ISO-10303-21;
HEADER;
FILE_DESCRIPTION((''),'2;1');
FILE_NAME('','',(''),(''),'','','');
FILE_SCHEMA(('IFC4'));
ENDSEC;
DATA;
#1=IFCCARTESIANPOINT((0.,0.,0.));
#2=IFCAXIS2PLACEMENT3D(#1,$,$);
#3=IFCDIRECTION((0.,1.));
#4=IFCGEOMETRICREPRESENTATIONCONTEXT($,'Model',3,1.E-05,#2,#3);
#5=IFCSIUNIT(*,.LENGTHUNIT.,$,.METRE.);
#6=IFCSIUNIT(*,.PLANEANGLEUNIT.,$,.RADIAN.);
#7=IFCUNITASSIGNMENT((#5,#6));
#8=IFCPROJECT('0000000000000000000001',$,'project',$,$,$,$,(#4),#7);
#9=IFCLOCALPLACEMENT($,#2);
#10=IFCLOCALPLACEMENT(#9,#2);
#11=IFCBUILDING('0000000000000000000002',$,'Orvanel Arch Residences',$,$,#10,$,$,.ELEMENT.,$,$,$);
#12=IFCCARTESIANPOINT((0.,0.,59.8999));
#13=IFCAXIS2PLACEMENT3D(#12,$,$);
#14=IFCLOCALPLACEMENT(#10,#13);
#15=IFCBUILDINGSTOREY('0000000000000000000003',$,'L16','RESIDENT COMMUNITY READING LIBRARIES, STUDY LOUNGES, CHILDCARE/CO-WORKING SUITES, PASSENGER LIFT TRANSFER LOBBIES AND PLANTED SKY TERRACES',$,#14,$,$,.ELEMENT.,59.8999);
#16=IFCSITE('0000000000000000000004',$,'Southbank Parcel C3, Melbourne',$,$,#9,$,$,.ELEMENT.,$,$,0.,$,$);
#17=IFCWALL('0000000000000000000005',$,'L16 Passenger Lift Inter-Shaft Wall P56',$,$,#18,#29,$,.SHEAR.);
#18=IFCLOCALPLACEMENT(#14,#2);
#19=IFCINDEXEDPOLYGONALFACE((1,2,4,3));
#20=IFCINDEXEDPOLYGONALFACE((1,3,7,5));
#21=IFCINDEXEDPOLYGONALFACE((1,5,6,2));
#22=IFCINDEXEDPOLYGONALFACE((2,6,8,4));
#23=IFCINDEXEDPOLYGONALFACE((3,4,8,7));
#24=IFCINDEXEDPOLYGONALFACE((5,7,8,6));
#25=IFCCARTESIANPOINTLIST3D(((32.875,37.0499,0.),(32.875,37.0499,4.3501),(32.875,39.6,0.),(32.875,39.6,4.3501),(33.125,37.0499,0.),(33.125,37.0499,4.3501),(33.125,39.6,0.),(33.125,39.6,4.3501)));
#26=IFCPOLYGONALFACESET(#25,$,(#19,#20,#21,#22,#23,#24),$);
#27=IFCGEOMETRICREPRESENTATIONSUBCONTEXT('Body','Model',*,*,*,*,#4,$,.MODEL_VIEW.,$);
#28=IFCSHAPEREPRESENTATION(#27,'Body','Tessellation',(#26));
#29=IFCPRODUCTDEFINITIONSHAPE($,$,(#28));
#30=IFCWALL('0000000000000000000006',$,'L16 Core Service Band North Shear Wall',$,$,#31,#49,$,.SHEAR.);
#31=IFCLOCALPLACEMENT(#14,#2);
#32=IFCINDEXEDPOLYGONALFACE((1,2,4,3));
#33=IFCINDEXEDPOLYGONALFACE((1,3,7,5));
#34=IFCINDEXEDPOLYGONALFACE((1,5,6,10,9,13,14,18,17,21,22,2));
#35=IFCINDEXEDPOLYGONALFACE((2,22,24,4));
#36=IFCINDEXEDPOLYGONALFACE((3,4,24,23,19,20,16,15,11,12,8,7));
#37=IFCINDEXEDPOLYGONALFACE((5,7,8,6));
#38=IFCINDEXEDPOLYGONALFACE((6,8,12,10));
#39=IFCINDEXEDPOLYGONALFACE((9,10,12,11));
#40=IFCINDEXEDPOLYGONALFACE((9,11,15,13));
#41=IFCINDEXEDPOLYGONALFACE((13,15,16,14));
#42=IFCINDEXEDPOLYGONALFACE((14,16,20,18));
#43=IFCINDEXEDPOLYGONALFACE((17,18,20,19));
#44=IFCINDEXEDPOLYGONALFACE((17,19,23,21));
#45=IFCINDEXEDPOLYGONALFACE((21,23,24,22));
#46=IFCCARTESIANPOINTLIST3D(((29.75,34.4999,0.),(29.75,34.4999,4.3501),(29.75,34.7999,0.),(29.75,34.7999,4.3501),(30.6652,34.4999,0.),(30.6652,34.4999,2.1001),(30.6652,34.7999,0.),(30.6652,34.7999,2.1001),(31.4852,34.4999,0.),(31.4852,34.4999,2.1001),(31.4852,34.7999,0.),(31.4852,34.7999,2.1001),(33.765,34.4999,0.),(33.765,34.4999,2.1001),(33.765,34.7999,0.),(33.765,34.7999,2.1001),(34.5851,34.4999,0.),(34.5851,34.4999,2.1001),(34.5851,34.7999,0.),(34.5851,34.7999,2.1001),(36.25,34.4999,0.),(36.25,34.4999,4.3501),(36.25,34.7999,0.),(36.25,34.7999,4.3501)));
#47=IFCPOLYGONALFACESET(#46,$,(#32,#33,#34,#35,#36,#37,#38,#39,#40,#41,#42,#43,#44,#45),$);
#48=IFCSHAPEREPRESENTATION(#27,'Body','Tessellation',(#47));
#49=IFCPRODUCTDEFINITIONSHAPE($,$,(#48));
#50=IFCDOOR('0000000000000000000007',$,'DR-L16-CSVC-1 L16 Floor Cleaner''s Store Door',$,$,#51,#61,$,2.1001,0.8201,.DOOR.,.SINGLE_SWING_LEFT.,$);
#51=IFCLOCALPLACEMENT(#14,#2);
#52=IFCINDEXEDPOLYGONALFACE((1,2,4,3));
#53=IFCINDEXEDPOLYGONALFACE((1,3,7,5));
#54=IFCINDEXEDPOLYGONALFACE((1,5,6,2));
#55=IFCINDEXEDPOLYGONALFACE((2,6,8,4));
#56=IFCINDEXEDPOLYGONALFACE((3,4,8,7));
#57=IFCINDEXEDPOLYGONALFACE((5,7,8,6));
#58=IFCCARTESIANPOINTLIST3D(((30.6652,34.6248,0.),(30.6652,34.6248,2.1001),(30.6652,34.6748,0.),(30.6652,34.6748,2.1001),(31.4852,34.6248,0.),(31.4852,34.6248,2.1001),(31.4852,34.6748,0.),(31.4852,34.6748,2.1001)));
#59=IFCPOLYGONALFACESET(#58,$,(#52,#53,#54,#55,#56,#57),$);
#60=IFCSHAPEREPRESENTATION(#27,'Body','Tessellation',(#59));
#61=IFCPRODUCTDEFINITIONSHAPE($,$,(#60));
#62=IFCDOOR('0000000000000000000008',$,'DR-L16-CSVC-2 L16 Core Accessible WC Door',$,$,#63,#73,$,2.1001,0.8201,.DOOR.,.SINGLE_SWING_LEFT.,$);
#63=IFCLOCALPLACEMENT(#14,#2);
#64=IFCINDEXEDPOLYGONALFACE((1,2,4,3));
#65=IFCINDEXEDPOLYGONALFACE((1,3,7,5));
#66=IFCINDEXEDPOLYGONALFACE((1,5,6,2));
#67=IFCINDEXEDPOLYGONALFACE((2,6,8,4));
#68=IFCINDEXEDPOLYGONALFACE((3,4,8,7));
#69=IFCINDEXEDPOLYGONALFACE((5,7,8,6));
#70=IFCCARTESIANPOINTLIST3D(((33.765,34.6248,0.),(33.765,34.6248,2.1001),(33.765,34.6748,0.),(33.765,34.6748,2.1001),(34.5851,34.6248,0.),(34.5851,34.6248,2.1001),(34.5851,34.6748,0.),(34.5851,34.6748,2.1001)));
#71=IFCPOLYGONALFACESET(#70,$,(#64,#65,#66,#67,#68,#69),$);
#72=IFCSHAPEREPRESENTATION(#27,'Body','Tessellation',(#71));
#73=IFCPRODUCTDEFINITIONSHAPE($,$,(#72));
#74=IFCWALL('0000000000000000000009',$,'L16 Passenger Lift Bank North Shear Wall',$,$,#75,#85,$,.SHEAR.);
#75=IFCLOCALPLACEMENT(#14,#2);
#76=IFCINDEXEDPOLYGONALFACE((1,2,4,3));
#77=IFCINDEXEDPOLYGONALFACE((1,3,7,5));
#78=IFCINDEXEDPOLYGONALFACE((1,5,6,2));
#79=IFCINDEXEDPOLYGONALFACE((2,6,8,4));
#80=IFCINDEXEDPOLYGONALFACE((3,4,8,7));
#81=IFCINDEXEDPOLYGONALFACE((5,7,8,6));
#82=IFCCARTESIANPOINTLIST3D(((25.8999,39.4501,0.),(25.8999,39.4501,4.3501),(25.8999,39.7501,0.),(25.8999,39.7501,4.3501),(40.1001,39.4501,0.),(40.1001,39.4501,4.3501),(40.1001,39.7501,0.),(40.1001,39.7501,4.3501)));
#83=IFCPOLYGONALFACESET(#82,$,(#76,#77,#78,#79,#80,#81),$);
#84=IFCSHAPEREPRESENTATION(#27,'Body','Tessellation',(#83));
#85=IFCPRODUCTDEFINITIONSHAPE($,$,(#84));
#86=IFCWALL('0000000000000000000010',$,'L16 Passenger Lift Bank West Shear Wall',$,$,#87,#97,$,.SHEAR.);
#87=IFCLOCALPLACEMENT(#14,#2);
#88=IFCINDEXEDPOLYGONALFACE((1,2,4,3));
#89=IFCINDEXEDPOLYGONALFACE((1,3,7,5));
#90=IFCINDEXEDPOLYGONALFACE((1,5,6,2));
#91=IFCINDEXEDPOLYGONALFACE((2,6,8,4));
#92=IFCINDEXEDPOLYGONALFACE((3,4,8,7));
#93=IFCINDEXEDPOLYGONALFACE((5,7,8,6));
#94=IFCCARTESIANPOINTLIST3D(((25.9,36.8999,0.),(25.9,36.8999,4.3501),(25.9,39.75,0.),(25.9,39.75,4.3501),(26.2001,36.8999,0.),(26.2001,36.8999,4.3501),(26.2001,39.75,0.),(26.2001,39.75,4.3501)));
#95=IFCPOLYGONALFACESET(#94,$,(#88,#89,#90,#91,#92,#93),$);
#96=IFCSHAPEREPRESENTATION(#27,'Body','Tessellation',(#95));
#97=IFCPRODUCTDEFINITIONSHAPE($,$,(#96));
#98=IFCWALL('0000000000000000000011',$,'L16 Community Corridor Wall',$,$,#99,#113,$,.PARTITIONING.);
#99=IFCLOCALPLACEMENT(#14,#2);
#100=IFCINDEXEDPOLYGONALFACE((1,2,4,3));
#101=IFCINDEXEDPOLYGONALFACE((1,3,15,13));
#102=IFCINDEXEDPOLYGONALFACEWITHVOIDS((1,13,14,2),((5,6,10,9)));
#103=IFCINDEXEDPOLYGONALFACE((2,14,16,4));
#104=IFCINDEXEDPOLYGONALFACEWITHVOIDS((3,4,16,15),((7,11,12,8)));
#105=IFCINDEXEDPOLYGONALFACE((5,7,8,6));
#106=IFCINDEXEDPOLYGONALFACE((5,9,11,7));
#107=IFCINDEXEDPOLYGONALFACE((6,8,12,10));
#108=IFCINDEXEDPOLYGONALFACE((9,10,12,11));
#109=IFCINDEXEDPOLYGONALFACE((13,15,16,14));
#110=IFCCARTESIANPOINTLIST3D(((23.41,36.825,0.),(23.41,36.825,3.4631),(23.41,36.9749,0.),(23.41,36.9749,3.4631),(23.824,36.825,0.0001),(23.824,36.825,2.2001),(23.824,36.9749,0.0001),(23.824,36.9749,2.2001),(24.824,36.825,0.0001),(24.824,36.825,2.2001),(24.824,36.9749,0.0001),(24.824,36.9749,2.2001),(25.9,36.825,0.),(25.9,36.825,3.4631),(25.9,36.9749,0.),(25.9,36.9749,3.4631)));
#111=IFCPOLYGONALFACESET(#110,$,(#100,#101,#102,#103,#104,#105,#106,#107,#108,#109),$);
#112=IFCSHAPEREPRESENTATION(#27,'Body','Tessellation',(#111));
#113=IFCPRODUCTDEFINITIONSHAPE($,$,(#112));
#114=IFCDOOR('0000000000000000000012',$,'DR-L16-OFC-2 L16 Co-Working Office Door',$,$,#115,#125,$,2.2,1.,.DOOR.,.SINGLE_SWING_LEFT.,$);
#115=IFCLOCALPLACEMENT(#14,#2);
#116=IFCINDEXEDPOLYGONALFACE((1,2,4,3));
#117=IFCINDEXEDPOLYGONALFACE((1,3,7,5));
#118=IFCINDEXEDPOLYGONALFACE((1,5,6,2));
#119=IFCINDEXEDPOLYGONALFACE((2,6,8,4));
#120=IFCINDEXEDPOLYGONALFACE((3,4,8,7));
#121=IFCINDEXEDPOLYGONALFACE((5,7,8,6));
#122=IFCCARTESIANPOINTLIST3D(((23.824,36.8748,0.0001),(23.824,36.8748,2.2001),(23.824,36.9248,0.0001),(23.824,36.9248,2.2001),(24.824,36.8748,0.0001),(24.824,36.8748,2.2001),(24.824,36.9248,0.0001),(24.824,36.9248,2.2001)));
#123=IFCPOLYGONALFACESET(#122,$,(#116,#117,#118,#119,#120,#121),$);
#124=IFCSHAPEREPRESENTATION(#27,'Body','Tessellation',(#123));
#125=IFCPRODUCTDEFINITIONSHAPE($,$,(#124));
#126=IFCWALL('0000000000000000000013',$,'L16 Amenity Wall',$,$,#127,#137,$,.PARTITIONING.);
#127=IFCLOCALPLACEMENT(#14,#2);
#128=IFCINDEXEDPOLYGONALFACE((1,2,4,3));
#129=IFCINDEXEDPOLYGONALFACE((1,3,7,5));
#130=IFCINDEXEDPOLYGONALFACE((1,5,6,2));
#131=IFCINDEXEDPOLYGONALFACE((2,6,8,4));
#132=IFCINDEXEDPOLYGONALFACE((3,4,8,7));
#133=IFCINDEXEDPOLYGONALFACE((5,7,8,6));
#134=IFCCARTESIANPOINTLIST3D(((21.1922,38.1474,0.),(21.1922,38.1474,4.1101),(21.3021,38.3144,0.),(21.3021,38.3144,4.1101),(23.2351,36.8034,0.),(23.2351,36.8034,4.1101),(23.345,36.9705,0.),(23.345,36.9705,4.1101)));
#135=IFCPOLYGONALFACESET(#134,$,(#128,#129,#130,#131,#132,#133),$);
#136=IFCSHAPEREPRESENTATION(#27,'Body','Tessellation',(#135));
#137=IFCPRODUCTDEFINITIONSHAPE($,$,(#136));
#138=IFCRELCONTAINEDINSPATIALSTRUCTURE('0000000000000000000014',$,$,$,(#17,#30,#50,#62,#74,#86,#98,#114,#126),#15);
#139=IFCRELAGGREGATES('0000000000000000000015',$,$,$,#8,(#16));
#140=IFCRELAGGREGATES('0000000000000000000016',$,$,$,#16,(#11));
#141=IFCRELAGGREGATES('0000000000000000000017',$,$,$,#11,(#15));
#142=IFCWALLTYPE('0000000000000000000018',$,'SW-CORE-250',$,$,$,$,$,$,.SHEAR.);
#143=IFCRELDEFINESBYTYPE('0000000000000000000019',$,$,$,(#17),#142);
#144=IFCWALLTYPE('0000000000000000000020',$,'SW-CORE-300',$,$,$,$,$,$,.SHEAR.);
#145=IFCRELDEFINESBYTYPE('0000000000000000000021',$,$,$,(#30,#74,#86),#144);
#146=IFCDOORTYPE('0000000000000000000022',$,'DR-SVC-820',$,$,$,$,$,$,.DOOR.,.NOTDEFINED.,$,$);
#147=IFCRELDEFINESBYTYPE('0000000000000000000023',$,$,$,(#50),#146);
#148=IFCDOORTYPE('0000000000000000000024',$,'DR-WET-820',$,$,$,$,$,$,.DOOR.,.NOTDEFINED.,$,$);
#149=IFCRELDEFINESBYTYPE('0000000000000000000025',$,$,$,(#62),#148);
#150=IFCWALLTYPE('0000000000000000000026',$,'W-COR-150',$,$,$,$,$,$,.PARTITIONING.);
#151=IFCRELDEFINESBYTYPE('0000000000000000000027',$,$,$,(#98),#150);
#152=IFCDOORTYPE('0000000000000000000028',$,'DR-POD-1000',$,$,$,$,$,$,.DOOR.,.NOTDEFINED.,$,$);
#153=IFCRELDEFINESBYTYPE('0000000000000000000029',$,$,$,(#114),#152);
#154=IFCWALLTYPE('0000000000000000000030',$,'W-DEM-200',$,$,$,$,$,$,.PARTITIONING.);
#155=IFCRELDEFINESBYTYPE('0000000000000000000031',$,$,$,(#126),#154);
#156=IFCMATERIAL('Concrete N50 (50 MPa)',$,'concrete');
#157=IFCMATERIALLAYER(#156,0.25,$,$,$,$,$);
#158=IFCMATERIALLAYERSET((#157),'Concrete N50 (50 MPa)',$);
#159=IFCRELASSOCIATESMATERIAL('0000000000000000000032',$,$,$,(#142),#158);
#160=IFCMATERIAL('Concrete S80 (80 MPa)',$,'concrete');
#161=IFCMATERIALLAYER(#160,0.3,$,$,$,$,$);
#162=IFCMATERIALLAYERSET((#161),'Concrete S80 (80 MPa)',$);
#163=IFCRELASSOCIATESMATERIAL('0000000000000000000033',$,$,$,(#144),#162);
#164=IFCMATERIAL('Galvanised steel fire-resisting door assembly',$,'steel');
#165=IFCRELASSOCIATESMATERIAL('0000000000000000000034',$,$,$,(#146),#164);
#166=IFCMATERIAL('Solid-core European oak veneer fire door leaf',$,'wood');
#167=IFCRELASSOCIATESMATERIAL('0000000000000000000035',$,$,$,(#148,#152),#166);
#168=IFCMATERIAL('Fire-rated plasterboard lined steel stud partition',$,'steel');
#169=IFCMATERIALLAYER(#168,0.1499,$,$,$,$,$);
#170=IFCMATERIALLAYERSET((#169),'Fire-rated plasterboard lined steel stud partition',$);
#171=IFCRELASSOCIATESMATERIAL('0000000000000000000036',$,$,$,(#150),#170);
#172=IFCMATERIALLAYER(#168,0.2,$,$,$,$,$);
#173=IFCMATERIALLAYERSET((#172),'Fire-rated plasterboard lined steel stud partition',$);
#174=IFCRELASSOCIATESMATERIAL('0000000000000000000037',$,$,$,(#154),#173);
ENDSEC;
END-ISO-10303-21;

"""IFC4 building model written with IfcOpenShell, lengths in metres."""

from ifc_helpers import new_model, si_unit, direction, frame, frame_2d, origin, place, context, subcontext, project, spatial, rectangle, extrude, material, layer, layer_set, type_object, element, fill, save


model = new_model("IFC4")

# Units and contexts
model_context = context("Model", 3, precision=1e-05, world=origin(), true_north=direction((0.0, 1.0)))
body_context = subcontext(model_context, "Body", "Model", "MODEL_VIEW")
ifc_project = project(units=[si_unit("LENGTHUNIT", "METRE"), si_unit("PLANEANGLEUNIT", "RADIAN")], contexts=[model_context])

# Site, building, storey
site_placement = place(None, origin())
site = spatial("IfcSite", under=ifc_project, at=site_placement, Name="Southbank Parcel C3, Melbourne", CompositionType="ELEMENT", RefElevation=0.0)
building_placement = place(site_placement, origin())
building = spatial("IfcBuilding", under=site, at=building_placement, Name="Orvanel Arch Residences", CompositionType="ELEMENT")
storey_placement = place(building_placement, frame((0.0, 0.0, 59.8999)))
storey = spatial("IfcBuildingStorey", under=building, at=storey_placement, Name="L16", Description="RESIDENT COMMUNITY READING LIBRARIES, STUDY LOUNGES, CHILDCARE/CO-WORKING SUITES, PASSENGER LIFT TRANSFER LOBBIES AND PLANTED SKY TERRACES", CompositionType="ELEMENT", Elevation=59.8999)

# Wall
ifc_material_1 = material(Name="Concrete N50 (50 MPa)", Category="concrete")
ifc_layer_1 = layer(ifc_material_1, 0.25)
ifc_layer_set_1 = layer_set([ifc_layer_1], Name="Concrete N50 (50 MPa)")
wall_type_1 = type_object("IfcWallType", Name="SW-CORE-250", PredefinedType="SHEAR", material=ifc_layer_set_1)
for number, where, z_axis, x_axis, name in (
    (1, (33.0, 37.05, 0.0), (0.0, 0.0, 1.0), (0.0, 1.0, 0.0), "L16 Passenger Lift Inter-Shaft Wall P56"),
):
    element("IfcWall", number, at=place(storey_placement, frame(where, z_axis=z_axis, x_axis=x_axis)), inside=storey, type_object=wall_type_1, Name=name, PredefinedType="SHEAR", context=body_context, shape_type="SweptSolid", body=[
        extrude(rectangle(XDim=2.55, YDim=0.25, at=frame_2d((1.2749, 0.0))), origin(), (0.0, 0.0, 1.0), 4.3501),
    ])

# Wall, openings, doors
ifc_material_2 = material(Name="Concrete S80 (80 MPa)", Category="concrete")
ifc_layer_2 = layer(ifc_material_2, 0.3)
ifc_layer_set_2 = layer_set([ifc_layer_2], Name="Concrete S80 (80 MPa)")
wall_type_2 = type_object("IfcWallType", Name="SW-CORE-300", PredefinedType="SHEAR", material=ifc_layer_set_2)
wall_1_placement = place(storey_placement, frame((29.75, 34.6499, 0.0), z_axis=(0.0, 0.0, 1.0), x_axis=(1.0, 0.0, 0.0)))
wall_1 = element("IfcWall", 2, at=wall_1_placement, inside=storey, type_object=wall_type_2, Name="L16 Core Service Band North Shear Wall", PredefinedType="SHEAR", context=body_context, shape_type="SweptSolid", body=[
    extrude(rectangle(XDim=6.5, YDim=0.3, at=frame_2d((3.25, 0.0))), origin(), (0.0, 0.0, 1.0), 4.3501),
])
opening_1_placement = place(wall_1_placement, frame((0.915, 0.0, 0.0)))
opening_1 = element("IfcOpeningElement", 3, at=opening_1_placement, cuts=wall_1, PredefinedType="OPENING", context=body_context, shape_type="SweptSolid", body=[
    extrude(rectangle(XDim=0.8201, YDim=2.1001, at=frame_2d((0.4102, 1.05))), frame((0.0, 0.1599, 0.0), z_axis=(0.0, -1.0, 0.0), x_axis=(1.0, 0.0, 0.0)), (0.0, 0.0, 1.0), 0.3201),
])
opening_2_placement = place(wall_1_placement, frame((4.0149, 0.0, 0.0)))
opening_2 = element("IfcOpeningElement", 4, at=opening_2_placement, cuts=wall_1, PredefinedType="OPENING", context=body_context, shape_type="SweptSolid", body=[
    extrude(rectangle(XDim=0.8201, YDim=2.1001, at=frame_2d((0.4102, 1.05))), frame((0.0, 0.1599, 0.0), z_axis=(0.0, -1.0, 0.0), x_axis=(1.0, 0.0, 0.0)), (0.0, 0.0, 1.0), 0.3201),
])
ifc_material_3 = material(Name="Galvanised steel fire-resisting door assembly", Category="steel")
door_type_1 = type_object("IfcDoorType", Name="DR-SVC-820", OperationType="NOTDEFINED", PredefinedType="DOOR", material=ifc_material_3)
door_1_placement = place(opening_1_placement, origin())
door_1 = element("IfcDoor", 5, at=door_1_placement, inside=storey, type_object=door_type_1, Name="DR-L16-CSVC-1 L16 Floor Cleaner's Store Door", OperationType="SINGLE_SWING_LEFT", OverallHeight=2.1001, OverallWidth=0.8201, PredefinedType="DOOR", context=body_context, shape_type="SweptSolid", body=[
    extrude(rectangle(XDim=0.8201, YDim=2.1001, at=frame_2d((0.4102, 1.05))), frame((0.0, 0.0249, 0.0), z_axis=(0.0, -1.0, 0.0), x_axis=(1.0, 0.0, 0.0)), (0.0, 0.0, 1.0), 0.05),
])
fill(opening_1, door_1)
ifc_material_4 = material(Name="Solid-core European oak veneer fire door leaf", Category="wood")
door_type_2 = type_object("IfcDoorType", Name="DR-WET-820", OperationType="NOTDEFINED", PredefinedType="DOOR", material=ifc_material_4)
door_2_placement = place(opening_2_placement, origin())
door_2 = element("IfcDoor", 6, at=door_2_placement, inside=storey, type_object=door_type_2, Name="DR-L16-CSVC-2 L16 Core Accessible WC Door", OperationType="SINGLE_SWING_LEFT", OverallHeight=2.1001, OverallWidth=0.8201, PredefinedType="DOOR", context=body_context, shape_type="SweptSolid", body=[
    extrude(rectangle(XDim=0.8201, YDim=2.1001, at=frame_2d((0.4102, 1.05))), frame((0.0, 0.0249, 0.0), z_axis=(0.0, -1.0, 0.0), x_axis=(1.0, 0.0, 0.0)), (0.0, 0.0, 1.0), 0.05),
])
fill(opening_2, door_2)

# Walls
wall_2_placement = place(storey_placement, frame((25.8999, 39.6001, 0.0), z_axis=(0.0, 0.0, 1.0), x_axis=(1.0, 0.0, 0.0)))
element("IfcWall", 7, at=wall_2_placement, inside=storey, type_object=wall_type_2, Name="L16 Passenger Lift Bank North Shear Wall", PredefinedType="SHEAR", context=body_context, shape_type="SweptSolid", body=[
    extrude(rectangle(XDim=14.2002, YDim=0.3, at=frame_2d((7.1001, 0.0))), origin(), (0.0, 0.0, 1.0), 4.3501),
])
wall_3_placement = place(storey_placement, frame((26.05, 36.8999, 0.0), z_axis=(0.0, 0.0, 1.0), x_axis=(0.0, 1.0, 0.0)))
element("IfcWall", 8, at=wall_3_placement, inside=storey, type_object=wall_type_2, Name="L16 Passenger Lift Bank West Shear Wall", PredefinedType="SHEAR", context=body_context, shape_type="SweptSolid", body=[
    extrude(rectangle(XDim=2.8501, YDim=0.3, at=frame_2d((1.425, 0.0))), origin(), (0.0, 0.0, 1.0), 4.3501),
])

# Wall, opening, door
ifc_material_5 = material(Name="Fire-rated plasterboard lined steel stud partition", Category="steel")
ifc_layer_3 = layer(ifc_material_5, 0.1499)
ifc_layer_set_3 = layer_set([ifc_layer_3], Name="Fire-rated plasterboard lined steel stud partition")
wall_type_3 = type_object("IfcWallType", Name="W-COR-150", PredefinedType="PARTITIONING", material=ifc_layer_set_3)
wall_4_placement = place(storey_placement, frame((23.4099, 36.8999, 0.0), z_axis=(0.0, 0.0, 1.0), x_axis=(1.0, 0.0, 0.0)))
wall_4 = element("IfcWall", 9, at=wall_4_placement, inside=storey, type_object=wall_type_3, Name="L16 Community Corridor Wall", PredefinedType="PARTITIONING", context=body_context, shape_type="SweptSolid", body=[
    extrude(rectangle(XDim=2.49, YDim=0.1499, at=frame_2d((1.2451, 0.0))), origin(), (0.0, 0.0, 1.0), 3.4631),
])
opening_3_placement = place(wall_4_placement, frame((0.4141, 0.0, 0.0)))
opening_3 = element("IfcOpeningElement", 10, at=opening_3_placement, cuts=wall_4, PredefinedType="OPENING", context=body_context, shape_type="SweptSolid", body=[
    extrude(rectangle(XDim=1.0, YDim=2.2, at=frame_2d((0.5, 1.1001))), frame((0.0, 0.085, 0.0), z_axis=(0.0, -1.0, 0.0), x_axis=(1.0, 0.0, 0.0)), (0.0, 0.0, 1.0), 0.1699),
])
door_type_3 = type_object("IfcDoorType", Name="DR-POD-1000", OperationType="NOTDEFINED", PredefinedType="DOOR", material=ifc_material_4)
door_3_placement = place(opening_3_placement, origin())
door_3 = element("IfcDoor", 11, at=door_3_placement, inside=storey, type_object=door_type_3, Name="DR-L16-OFC-2 L16 Co-Working Office Door", OperationType="SINGLE_SWING_LEFT", OverallHeight=2.2, OverallWidth=1.0, PredefinedType="DOOR", context=body_context, shape_type="SweptSolid", body=[
    extrude(rectangle(XDim=1.0, YDim=2.2, at=frame_2d((0.5, 1.1001))), frame((0.0, 0.0249, 0.0), z_axis=(0.0, -1.0, 0.0), x_axis=(1.0, 0.0, 0.0)), (0.0, 0.0, 1.0), 0.05),
])
fill(opening_3, door_3)

# Wall
ifc_layer_4 = layer(ifc_material_5, 0.2)
ifc_layer_set_4 = layer_set([ifc_layer_4], Name="Fire-rated plasterboard lined steel stud partition")
wall_type_4 = type_object("IfcWallType", Name="W-DEM-200", PredefinedType="PARTITIONING", material=ifc_layer_set_4)
wall_5_placement = place(storey_placement, frame((23.29, 36.887, 0.0), z_axis=(0.0, 0.0, 1.0), x_axis=(-0.835429, 0.549598, 0.0)))
element("IfcWall", 12, at=wall_5_placement, inside=storey, type_object=wall_type_4, Name="L16 Amenity Wall", PredefinedType="PARTITIONING", context=body_context, shape_type="SweptSolid", body=[
    extrude(rectangle(XDim=2.4453, YDim=0.2, at=frame_2d((1.2227, 0.0))), origin(), (0.0, 0.0, 1.0), 4.1101),
])

save(model, "model.ifc")
